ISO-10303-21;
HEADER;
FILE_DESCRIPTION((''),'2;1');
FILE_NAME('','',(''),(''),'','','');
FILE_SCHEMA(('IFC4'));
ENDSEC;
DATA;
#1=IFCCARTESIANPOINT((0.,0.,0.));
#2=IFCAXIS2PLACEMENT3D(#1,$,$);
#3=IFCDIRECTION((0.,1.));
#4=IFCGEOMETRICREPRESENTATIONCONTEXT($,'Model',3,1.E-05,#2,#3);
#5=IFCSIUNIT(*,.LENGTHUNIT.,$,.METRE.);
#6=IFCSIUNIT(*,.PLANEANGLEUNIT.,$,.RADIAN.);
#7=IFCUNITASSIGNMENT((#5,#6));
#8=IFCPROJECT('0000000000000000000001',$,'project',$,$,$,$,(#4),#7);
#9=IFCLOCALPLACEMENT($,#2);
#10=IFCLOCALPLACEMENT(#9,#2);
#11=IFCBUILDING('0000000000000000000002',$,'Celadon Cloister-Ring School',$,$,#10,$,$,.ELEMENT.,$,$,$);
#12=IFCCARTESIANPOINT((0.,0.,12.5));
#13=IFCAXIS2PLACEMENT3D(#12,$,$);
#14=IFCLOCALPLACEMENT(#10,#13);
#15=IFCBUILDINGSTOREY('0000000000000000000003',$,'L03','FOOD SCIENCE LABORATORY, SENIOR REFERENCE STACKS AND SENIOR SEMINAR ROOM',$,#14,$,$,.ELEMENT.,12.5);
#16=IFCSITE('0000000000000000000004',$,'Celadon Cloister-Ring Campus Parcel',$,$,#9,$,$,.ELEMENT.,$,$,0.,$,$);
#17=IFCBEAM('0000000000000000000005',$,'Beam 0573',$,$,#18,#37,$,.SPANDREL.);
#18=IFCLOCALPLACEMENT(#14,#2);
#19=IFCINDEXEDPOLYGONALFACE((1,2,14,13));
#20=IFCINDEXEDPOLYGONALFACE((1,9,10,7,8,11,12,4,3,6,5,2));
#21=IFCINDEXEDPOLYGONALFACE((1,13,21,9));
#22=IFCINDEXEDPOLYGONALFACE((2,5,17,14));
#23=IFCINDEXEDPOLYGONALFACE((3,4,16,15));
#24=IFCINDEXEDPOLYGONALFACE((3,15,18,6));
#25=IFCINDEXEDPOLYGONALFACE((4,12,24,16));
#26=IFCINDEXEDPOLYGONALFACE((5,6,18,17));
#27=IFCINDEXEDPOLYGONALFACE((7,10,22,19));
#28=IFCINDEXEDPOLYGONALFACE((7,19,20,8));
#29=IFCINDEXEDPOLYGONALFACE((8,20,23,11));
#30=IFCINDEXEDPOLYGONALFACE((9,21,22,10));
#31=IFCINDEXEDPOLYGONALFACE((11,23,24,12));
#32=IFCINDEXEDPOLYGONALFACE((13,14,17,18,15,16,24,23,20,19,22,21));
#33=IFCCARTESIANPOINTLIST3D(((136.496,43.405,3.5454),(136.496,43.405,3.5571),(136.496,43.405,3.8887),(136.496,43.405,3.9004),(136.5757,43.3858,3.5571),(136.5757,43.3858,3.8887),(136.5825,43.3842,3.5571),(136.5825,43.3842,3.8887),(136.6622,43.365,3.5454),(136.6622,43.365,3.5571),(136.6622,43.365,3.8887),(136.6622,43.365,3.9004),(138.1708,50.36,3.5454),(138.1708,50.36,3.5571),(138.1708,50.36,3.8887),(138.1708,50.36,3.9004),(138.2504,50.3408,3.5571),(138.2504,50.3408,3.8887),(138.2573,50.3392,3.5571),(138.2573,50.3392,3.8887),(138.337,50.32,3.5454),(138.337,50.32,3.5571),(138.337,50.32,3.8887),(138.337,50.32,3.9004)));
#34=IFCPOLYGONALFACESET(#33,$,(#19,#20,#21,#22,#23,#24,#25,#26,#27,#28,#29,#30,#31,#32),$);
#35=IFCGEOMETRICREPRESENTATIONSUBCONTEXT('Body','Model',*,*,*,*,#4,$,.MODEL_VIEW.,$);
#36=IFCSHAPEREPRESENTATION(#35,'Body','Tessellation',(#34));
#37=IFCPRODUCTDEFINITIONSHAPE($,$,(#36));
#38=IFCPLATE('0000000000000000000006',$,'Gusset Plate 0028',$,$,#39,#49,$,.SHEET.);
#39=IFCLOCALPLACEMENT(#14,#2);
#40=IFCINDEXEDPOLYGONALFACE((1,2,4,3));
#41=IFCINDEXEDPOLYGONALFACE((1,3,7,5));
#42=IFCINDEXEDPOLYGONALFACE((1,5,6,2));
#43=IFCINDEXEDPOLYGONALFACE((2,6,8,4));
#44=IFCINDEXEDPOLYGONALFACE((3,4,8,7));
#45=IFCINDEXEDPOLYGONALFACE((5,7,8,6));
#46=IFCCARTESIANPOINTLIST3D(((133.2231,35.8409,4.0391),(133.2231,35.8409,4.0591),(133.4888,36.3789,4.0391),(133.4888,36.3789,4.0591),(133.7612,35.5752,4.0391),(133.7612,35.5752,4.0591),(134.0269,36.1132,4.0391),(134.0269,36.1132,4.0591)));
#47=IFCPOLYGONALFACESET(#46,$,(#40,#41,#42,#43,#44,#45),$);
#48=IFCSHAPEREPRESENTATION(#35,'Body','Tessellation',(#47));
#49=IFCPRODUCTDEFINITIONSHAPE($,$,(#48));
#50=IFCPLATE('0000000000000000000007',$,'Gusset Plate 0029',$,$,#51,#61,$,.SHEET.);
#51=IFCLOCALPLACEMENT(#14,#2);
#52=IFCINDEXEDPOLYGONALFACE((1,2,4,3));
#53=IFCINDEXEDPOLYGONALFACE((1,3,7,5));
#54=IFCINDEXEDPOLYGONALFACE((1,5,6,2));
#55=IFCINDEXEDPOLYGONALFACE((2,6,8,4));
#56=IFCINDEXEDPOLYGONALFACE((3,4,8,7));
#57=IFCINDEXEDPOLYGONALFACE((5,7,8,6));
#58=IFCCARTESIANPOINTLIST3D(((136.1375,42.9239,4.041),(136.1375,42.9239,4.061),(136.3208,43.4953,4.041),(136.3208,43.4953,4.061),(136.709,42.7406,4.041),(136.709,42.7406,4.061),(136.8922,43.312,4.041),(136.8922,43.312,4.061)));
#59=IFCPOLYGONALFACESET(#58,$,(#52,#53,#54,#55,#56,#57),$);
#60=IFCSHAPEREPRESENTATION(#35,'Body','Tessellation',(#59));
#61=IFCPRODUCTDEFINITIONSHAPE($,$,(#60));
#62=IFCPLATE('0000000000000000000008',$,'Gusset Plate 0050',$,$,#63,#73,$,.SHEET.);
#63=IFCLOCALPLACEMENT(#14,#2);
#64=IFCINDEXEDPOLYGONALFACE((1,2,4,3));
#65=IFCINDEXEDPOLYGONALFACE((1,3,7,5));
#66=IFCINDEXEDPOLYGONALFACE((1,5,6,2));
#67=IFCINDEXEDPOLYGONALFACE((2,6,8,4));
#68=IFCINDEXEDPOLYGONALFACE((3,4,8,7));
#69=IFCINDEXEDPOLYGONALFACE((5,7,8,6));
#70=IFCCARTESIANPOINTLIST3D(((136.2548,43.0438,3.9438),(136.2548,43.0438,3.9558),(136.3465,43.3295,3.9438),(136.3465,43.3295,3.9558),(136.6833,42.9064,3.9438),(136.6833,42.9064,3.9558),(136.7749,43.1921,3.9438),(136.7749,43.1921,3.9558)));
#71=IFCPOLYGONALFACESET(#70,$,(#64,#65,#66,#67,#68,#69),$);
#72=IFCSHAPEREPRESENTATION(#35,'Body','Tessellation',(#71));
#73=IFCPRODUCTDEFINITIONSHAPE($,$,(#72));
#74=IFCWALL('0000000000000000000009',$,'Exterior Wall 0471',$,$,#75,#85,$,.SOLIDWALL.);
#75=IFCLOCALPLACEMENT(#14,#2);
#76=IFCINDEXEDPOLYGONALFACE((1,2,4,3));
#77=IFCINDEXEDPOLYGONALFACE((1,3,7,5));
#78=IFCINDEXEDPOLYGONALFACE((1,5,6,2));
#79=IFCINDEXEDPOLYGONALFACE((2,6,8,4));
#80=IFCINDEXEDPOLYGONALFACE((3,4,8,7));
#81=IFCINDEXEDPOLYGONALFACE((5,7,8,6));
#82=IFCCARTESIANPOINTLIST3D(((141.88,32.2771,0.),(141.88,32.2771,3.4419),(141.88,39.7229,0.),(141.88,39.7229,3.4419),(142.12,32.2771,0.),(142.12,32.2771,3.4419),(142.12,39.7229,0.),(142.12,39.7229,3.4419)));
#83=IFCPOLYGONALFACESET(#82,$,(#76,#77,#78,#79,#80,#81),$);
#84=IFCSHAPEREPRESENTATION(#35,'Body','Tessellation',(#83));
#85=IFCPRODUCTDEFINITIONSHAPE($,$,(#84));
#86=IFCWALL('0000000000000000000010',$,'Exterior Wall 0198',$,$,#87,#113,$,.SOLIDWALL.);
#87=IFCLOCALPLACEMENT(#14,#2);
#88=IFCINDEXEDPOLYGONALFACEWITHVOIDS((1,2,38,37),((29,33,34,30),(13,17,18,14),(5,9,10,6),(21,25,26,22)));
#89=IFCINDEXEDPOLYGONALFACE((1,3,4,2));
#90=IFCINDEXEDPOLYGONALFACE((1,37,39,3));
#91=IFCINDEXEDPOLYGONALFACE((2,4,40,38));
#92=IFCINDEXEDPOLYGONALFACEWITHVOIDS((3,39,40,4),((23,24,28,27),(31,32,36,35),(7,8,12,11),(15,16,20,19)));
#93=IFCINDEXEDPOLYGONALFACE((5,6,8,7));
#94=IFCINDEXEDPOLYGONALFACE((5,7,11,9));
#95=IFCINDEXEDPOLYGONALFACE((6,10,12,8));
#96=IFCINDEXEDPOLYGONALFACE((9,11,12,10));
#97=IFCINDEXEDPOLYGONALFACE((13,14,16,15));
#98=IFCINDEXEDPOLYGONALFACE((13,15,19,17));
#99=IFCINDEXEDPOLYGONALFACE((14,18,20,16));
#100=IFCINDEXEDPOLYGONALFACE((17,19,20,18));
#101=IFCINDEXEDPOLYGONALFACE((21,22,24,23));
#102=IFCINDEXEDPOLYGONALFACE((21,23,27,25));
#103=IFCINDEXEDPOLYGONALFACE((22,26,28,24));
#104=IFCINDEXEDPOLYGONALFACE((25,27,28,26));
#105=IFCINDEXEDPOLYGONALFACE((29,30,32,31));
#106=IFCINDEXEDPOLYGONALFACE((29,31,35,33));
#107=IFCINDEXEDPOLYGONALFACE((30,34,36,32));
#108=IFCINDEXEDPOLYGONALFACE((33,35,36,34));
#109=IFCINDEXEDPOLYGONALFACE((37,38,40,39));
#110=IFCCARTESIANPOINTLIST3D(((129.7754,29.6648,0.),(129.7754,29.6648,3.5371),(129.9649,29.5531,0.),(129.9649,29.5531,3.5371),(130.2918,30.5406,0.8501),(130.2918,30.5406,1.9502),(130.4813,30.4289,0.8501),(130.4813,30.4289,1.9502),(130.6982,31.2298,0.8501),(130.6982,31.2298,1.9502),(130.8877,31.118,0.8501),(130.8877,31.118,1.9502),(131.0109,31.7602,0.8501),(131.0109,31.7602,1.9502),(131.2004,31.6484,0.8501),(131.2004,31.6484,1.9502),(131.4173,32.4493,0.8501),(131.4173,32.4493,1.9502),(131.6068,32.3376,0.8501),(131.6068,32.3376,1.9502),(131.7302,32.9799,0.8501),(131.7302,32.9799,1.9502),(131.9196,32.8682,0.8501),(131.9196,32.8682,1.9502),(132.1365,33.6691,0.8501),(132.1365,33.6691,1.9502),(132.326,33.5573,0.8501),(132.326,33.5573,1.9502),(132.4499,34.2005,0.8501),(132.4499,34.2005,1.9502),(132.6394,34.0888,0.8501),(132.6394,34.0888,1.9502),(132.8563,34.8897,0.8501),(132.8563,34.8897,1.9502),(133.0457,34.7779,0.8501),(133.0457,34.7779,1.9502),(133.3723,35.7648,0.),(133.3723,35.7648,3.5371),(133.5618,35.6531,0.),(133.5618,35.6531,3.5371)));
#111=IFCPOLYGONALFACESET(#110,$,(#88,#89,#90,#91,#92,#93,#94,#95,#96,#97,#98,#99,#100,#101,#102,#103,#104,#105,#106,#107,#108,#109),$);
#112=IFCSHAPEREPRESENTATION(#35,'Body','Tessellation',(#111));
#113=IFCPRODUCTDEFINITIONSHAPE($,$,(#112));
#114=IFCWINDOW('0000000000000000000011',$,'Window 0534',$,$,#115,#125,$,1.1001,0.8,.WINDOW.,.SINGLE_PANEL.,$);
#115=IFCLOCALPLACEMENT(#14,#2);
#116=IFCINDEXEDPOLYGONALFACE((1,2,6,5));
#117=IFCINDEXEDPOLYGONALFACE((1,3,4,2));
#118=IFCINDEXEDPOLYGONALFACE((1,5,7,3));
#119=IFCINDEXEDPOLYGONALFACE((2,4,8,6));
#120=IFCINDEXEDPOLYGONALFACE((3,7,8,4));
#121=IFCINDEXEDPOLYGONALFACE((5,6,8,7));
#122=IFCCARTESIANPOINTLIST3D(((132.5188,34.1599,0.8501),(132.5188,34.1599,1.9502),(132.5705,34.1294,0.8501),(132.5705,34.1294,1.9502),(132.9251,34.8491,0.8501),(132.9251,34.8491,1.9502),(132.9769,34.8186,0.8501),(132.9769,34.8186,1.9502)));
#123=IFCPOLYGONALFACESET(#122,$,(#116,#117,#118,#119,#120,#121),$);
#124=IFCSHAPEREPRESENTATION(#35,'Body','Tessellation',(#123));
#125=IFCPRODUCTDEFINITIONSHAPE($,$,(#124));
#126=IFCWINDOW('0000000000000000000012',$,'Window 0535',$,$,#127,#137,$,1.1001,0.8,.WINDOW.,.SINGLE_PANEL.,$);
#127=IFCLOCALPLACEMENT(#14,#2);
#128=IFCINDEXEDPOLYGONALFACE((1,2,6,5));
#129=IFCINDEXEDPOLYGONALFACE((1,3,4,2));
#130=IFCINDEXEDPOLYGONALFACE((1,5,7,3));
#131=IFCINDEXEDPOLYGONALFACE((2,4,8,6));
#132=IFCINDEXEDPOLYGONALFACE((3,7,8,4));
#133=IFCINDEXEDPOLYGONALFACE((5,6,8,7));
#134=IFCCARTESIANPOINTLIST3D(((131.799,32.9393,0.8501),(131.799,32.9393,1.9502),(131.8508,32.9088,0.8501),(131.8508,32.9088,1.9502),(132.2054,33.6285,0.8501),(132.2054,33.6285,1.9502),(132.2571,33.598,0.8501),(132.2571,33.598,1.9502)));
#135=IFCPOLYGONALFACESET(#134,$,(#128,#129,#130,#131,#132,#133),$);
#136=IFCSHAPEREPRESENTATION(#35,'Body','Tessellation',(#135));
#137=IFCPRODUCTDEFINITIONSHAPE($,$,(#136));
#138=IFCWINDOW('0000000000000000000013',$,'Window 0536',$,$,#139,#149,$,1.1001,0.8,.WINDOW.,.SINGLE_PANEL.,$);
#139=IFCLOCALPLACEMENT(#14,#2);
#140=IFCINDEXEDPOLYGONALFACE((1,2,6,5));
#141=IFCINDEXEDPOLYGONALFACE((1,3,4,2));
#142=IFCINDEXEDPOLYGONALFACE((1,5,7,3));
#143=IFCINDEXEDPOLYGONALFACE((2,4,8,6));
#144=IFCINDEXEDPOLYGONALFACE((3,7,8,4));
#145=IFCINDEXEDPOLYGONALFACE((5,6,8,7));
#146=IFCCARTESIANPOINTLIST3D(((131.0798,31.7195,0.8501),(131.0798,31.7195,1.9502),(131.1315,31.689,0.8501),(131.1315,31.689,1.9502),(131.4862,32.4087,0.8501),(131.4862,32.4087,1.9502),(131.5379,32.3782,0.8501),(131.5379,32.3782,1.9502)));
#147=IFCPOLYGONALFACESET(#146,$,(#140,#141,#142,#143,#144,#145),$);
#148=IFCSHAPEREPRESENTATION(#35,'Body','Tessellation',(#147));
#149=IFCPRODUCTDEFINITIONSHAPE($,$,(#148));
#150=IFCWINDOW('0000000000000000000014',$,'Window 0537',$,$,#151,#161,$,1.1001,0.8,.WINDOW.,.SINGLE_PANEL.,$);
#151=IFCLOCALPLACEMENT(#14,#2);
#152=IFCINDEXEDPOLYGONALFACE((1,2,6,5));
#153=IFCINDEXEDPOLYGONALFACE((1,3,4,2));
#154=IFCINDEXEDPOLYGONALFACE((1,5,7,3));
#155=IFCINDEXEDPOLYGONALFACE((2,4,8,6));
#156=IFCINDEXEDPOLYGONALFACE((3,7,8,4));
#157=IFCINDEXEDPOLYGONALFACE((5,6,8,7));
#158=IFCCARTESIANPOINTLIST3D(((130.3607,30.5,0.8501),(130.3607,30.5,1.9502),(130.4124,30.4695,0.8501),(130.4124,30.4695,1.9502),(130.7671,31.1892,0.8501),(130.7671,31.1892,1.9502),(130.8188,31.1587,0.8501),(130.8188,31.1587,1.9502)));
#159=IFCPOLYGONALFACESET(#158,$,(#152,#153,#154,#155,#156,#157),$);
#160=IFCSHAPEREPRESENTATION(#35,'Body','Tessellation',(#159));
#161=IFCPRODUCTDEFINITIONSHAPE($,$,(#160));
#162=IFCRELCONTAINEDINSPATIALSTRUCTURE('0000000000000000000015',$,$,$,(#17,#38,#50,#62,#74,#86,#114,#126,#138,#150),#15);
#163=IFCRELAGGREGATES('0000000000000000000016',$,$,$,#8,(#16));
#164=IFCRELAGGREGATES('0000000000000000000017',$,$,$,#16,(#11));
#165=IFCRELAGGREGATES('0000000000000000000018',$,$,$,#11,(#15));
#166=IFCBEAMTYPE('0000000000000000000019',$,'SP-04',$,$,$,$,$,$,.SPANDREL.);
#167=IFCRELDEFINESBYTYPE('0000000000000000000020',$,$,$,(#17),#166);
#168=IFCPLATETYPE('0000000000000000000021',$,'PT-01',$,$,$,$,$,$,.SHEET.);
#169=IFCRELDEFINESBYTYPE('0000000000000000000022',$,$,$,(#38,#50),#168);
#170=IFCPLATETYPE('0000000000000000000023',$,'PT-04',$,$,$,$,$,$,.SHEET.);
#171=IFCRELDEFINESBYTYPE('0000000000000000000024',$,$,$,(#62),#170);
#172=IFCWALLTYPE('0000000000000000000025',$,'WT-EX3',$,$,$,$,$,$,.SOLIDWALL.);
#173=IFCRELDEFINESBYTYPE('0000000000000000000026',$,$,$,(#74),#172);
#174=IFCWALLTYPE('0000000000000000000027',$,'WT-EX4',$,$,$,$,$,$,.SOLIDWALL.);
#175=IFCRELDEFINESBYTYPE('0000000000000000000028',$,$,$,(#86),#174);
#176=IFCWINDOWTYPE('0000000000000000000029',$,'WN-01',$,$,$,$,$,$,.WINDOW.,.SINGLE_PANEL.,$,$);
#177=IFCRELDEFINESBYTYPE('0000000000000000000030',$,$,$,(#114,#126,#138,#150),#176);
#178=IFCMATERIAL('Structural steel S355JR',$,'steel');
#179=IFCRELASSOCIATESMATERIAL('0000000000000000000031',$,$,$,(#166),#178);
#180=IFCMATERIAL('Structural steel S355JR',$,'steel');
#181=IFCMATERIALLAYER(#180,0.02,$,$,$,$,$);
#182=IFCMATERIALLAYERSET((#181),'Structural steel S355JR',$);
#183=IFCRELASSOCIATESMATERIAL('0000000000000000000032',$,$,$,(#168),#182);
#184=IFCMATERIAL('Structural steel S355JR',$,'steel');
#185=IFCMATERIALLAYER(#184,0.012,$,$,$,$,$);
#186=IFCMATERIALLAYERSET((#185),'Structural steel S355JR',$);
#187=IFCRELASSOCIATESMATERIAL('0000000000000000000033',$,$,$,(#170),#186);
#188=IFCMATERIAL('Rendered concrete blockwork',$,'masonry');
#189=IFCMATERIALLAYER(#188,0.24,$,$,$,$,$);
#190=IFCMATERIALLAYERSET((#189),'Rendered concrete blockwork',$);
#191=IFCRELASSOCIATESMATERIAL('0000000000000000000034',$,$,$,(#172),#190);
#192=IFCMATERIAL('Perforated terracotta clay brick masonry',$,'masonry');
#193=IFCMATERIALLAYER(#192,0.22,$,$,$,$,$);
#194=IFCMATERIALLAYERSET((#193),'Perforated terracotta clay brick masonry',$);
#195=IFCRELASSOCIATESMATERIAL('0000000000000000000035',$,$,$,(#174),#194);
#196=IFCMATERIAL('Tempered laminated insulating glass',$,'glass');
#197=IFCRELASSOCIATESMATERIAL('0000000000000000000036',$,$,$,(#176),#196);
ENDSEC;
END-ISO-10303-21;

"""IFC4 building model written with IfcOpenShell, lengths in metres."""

from ifc_helpers import new_model, si_unit, direction, frame, frame_2d, origin, origin_2d, place, context, subcontext, project, spatial, rectangle, i_section, extrude, material, layer, layer_set, material_profile, profile_set, type_object, element, fill, save


model = new_model("IFC4")

# Units and contexts
model_context = context("Model", 3, precision=1e-05, world=origin(), true_north=direction((0.0, 1.0)))
body_context = subcontext(model_context, "Body", "Model", "MODEL_VIEW")
ifc_project = project(units=[si_unit("LENGTHUNIT", "METRE"), si_unit("PLANEANGLEUNIT", "RADIAN")], contexts=[model_context])

# Site, building, storey
site_placement = place(None, origin())
site = spatial("IfcSite", under=ifc_project, at=site_placement, Name="Celadon Cloister-Ring Campus Parcel", CompositionType="ELEMENT", RefElevation=0.0)
building_placement = place(site_placement, origin())
building = spatial("IfcBuilding", under=site, at=building_placement, Name="Celadon Cloister-Ring School", CompositionType="ELEMENT")
storey_placement = place(building_placement, frame((0.0, 0.0, 12.5)))
storey = spatial("IfcBuildingStorey", under=building, at=storey_placement, Name="L03", Description="FOOD SCIENCE LABORATORY, SENIOR REFERENCE STACKS AND SENIOR SEMINAR ROOM", CompositionType="ELEMENT", Elevation=12.5)

# Beam
ifc_material_1 = material(Name="Structural steel S355JR", Category="steel")
ifc_material_profile_1 = material_profile(ifc_material_1, i_section(OverallWidth=0.1709, OverallDepth=0.355, WebThickness=0.0071, FlangeThickness=0.0117, at=origin_2d()), Name="W360X51")
ifc_profile_set_1 = profile_set([ifc_material_profile_1], Name="Structural steel S355JR")
beam_type_1 = type_object("IfcBeamType", Name="SP-04", PredefinedType="SPANDREL", material=ifc_profile_set_1)
for number, where, z_axis, x_axis, name in (
    (1, (136.5791, 43.385, 3.7229), (0.234111, 0.97221, 0.0), (-0.97221, 0.234111, 0.0), "Beam 0573"),
):
    element("IfcBeam", number, at=place(storey_placement, frame(where, z_axis=z_axis, x_axis=x_axis)), inside=storey, type_object=beam_type_1, Name=name, PredefinedType="SPANDREL", context=body_context, shape_type="SweptSolid", body=[
        extrude(i_section(OverallWidth=0.1709, OverallDepth=0.355, WebThickness=0.0071, FlangeThickness=0.0117, at=origin_2d()), origin(), (0.0, 0.0, 1.0), 7.1538),
    ])

# Plates
ifc_material_2 = material(Name="Structural steel S355JR", Category="steel")
ifc_layer_1 = layer(ifc_material_2, 0.02)
ifc_layer_set_1 = layer_set([ifc_layer_1], Name="Structural steel S355JR")
plate_type_1 = type_object("IfcPlateType", Name="PT-01", PredefinedType="SHEET", material=ifc_layer_set_1)
for number, where, z_axis, x_axis, name in (
    (2, (133.625, 35.9771, 4.0391), (0.0, 0.0, 1.0), (0.896641, -0.442758, 0.0), "Gusset Plate 0028"),
    (3, (136.5149, 43.1179, 4.041), (0.0, 0.0, 1.0), (0.952215, -0.305429, 0.0), "Gusset Plate 0029"),
):
    element("IfcPlate", number, at=place(storey_placement, frame(where, z_axis=z_axis, x_axis=x_axis)), inside=storey, type_object=plate_type_1, Name=name, PredefinedType="SHEET", context=body_context, shape_type="SweptSolid", body=[
        extrude(rectangle(XDim=0.6001, YDim=0.6001, at=origin_2d()), origin(), (0.0, 0.0, 1.0), 0.02),
    ])
ifc_material_3 = material(Name="Structural steel S355JR", Category="steel")
ifc_layer_2 = layer(ifc_material_3, 0.012)
ifc_layer_set_2 = layer_set([ifc_layer_2], Name="Structural steel S355JR")
plate_type_2 = type_object("IfcPlateType", Name="PT-04", PredefinedType="SHEET", material=ifc_layer_set_2)
plate_placement = place(storey_placement, frame((136.5149, 43.1179, 3.9438), z_axis=(0.0, 0.0, 1.0), x_axis=(0.952215, -0.305429, 0.0)))
element("IfcPlate", 4, at=plate_placement, inside=storey, type_object=plate_type_2, Name="Gusset Plate 0050", PredefinedType="SHEET", context=body_context, shape_type="SweptSolid", body=[
    extrude(rectangle(XDim=0.45, YDim=0.3, at=origin_2d()), origin(), (0.0, 0.0, 1.0), 0.012),
])

# Wall
ifc_material_4 = material(Name="Rendered concrete blockwork", Category="masonry")
ifc_layer_3 = layer(ifc_material_4, 0.24)
ifc_layer_set_3 = layer_set([ifc_layer_3], Name="Rendered concrete blockwork")
wall_type_1 = type_object("IfcWallType", Name="WT-EX3", PredefinedType="SOLIDWALL", material=ifc_layer_set_3)
wall_1_placement = place(storey_placement, frame((142.0, 32.2771, 0.0), z_axis=(0.0, 0.0, 1.0), x_axis=(0.0, 1.0, 0.0)))
element("IfcWall", 5, at=wall_1_placement, inside=storey, type_object=wall_type_1, Name="Exterior Wall 0471", PredefinedType="SOLIDWALL", context=body_context, shape_type="SweptSolid", body=[
    extrude(rectangle(XDim=7.4458, YDim=0.24, at=frame_2d((3.7229, 0.0))), origin(), (0.0, 0.0, 1.0), 3.4419),
])

# Wall, openings, windows
ifc_material_5 = material(Name="Perforated terracotta clay brick masonry", Category="masonry")
ifc_layer_4 = layer(ifc_material_5, 0.22)
ifc_layer_set_4 = layer_set([ifc_layer_4], Name="Perforated terracotta clay brick masonry")
wall_type_2 = type_object("IfcWallType", Name="WT-EX4", PredefinedType="SOLIDWALL", material=ifc_layer_set_4)
wall_2_placement = place(storey_placement, frame((133.467, 35.709, 0.0), z_axis=(0.0, 0.0, 1.0), x_axis=(-0.507925, -0.861401, 0.0)))
wall_2 = element("IfcWall", 6, at=wall_2_placement, inside=storey, type_object=wall_type_2, Name="Exterior Wall 0198", PredefinedType="SOLIDWALL", context=body_context, shape_type="SweptSolid", body=[
    extrude(rectangle(XDim=7.0815, YDim=0.22, at=frame_2d((3.5408, 0.0))), origin(), (0.0, 0.0, 1.0), 3.5371),
])
opening_1_placement = place(wall_2_placement, frame((1.0161, 0.0, 0.8501)))
opening_1 = element("IfcOpeningElement", 7, at=opening_1_placement, cuts=wall_2, PredefinedType="OPENING", context=body_context, shape_type="SweptSolid", body=[
    extrude(rectangle(XDim=0.8, YDim=1.1001, at=frame_2d((0.3999, 0.55))), frame((0.0, 0.1201, 0.0), z_axis=(0.0, -1.0, 0.0), x_axis=(1.0, 0.0, 0.0)), (0.0, 0.0, 1.0), 0.24),
])
opening_2_placement = place(wall_2_placement, frame((2.4331, 0.0, 0.8501)))
opening_2 = element("IfcOpeningElement", 8, at=opening_2_placement, cuts=wall_2, PredefinedType="OPENING", context=body_context, shape_type="SweptSolid", body=[
    extrude(rectangle(XDim=0.8, YDim=1.1001, at=frame_2d((0.3999, 0.55))), frame((0.0, 0.1201, 0.0), z_axis=(0.0, -1.0, 0.0), x_axis=(1.0, 0.0, 0.0)), (0.0, 0.0, 1.0), 0.24),
])
opening_3_placement = place(wall_2_placement, frame((3.8491, 0.0, 0.8501)))
opening_3 = element("IfcOpeningElement", 9, at=opening_3_placement, cuts=wall_2, PredefinedType="OPENING", context=body_context, shape_type="SweptSolid", body=[
    extrude(rectangle(XDim=0.8, YDim=1.1001, at=frame_2d((0.3999, 0.55))), frame((0.0, 0.1201, 0.0), z_axis=(0.0, -1.0, 0.0), x_axis=(1.0, 0.0, 0.0)), (0.0, 0.0, 1.0), 0.24),
])
opening_4_placement = place(wall_2_placement, frame((5.2649, 0.0, 0.8501)))
opening_4 = element("IfcOpeningElement", 10, at=opening_4_placement, cuts=wall_2, PredefinedType="OPENING", context=body_context, shape_type="SweptSolid", body=[
    extrude(rectangle(XDim=0.8, YDim=1.1001, at=frame_2d((0.3999, 0.55))), frame((0.0, 0.1201, 0.0), z_axis=(0.0, -1.0, 0.0), x_axis=(1.0, 0.0, 0.0)), (0.0, 0.0, 1.0), 0.24),
])
ifc_material_6 = material(Name="Tempered laminated insulating glass", Category="glass")
window_type = type_object("IfcWindowType", Name="WN-01", PartitioningType="SINGLE_PANEL", PredefinedType="WINDOW", material=ifc_material_6)
window_1_placement = place(opening_1_placement, origin())
window_1 = element("IfcWindow", 11, at=window_1_placement, inside=storey, type_object=window_type, Name="Window 0534", OverallHeight=1.1001, OverallWidth=0.8, PartitioningType="SINGLE_PANEL", PredefinedType="WINDOW", context=body_context, shape_type="SweptSolid", body=[
    extrude(rectangle(XDim=0.8, YDim=1.1001, at=frame_2d((0.3999, 0.55))), frame((0.0, 0.03, 0.0), z_axis=(0.0, -1.0, 0.0), x_axis=(1.0, 0.0, 0.0)), (0.0, 0.0, 1.0), 0.0601),
])
fill(opening_1, window_1)
window_2_placement = place(opening_2_placement, origin())
window_2 = element("IfcWindow", 12, at=window_2_placement, inside=storey, type_object=window_type, Name="Window 0535", OverallHeight=1.1001, OverallWidth=0.8, PartitioningType="SINGLE_PANEL", PredefinedType="WINDOW", context=body_context, shape_type="SweptSolid", body=[
    extrude(rectangle(XDim=0.8, YDim=1.1001, at=frame_2d((0.3999, 0.55))), frame((0.0, 0.03, 0.0), z_axis=(0.0, -1.0, 0.0), x_axis=(1.0, 0.0, 0.0)), (0.0, 0.0, 1.0), 0.0601),
])
fill(opening_2, window_2)
window_3_placement = place(opening_3_placement, origin())
window_3 = element("IfcWindow", 13, at=window_3_placement, inside=storey, type_object=window_type, Name="Window 0536", OverallHeight=1.1001, OverallWidth=0.8, PartitioningType="SINGLE_PANEL", PredefinedType="WINDOW", context=body_context, shape_type="SweptSolid", body=[
    extrude(rectangle(XDim=0.8, YDim=1.1001, at=frame_2d((0.3999, 0.55))), frame((0.0, 0.03, 0.0), z_axis=(0.0, -1.0, 0.0), x_axis=(1.0, 0.0, 0.0)), (0.0, 0.0, 1.0), 0.0601),
])
fill(opening_3, window_3)
window_4_placement = place(opening_4_placement, origin())
window_4 = element("IfcWindow", 14, at=window_4_placement, inside=storey, type_object=window_type, Name="Window 0537", OverallHeight=1.1001, OverallWidth=0.8, PartitioningType="SINGLE_PANEL", PredefinedType="WINDOW", context=body_context, shape_type="SweptSolid", body=[
    extrude(rectangle(XDim=0.8, YDim=1.1001, at=frame_2d((0.3999, 0.55))), frame((0.0, 0.03, 0.0), z_axis=(0.0, -1.0, 0.0), x_axis=(1.0, 0.0, 0.0)), (0.0, 0.0, 1.0), 0.0601),
])
fill(opening_4, window_4)

save(model, "model.ifc")
